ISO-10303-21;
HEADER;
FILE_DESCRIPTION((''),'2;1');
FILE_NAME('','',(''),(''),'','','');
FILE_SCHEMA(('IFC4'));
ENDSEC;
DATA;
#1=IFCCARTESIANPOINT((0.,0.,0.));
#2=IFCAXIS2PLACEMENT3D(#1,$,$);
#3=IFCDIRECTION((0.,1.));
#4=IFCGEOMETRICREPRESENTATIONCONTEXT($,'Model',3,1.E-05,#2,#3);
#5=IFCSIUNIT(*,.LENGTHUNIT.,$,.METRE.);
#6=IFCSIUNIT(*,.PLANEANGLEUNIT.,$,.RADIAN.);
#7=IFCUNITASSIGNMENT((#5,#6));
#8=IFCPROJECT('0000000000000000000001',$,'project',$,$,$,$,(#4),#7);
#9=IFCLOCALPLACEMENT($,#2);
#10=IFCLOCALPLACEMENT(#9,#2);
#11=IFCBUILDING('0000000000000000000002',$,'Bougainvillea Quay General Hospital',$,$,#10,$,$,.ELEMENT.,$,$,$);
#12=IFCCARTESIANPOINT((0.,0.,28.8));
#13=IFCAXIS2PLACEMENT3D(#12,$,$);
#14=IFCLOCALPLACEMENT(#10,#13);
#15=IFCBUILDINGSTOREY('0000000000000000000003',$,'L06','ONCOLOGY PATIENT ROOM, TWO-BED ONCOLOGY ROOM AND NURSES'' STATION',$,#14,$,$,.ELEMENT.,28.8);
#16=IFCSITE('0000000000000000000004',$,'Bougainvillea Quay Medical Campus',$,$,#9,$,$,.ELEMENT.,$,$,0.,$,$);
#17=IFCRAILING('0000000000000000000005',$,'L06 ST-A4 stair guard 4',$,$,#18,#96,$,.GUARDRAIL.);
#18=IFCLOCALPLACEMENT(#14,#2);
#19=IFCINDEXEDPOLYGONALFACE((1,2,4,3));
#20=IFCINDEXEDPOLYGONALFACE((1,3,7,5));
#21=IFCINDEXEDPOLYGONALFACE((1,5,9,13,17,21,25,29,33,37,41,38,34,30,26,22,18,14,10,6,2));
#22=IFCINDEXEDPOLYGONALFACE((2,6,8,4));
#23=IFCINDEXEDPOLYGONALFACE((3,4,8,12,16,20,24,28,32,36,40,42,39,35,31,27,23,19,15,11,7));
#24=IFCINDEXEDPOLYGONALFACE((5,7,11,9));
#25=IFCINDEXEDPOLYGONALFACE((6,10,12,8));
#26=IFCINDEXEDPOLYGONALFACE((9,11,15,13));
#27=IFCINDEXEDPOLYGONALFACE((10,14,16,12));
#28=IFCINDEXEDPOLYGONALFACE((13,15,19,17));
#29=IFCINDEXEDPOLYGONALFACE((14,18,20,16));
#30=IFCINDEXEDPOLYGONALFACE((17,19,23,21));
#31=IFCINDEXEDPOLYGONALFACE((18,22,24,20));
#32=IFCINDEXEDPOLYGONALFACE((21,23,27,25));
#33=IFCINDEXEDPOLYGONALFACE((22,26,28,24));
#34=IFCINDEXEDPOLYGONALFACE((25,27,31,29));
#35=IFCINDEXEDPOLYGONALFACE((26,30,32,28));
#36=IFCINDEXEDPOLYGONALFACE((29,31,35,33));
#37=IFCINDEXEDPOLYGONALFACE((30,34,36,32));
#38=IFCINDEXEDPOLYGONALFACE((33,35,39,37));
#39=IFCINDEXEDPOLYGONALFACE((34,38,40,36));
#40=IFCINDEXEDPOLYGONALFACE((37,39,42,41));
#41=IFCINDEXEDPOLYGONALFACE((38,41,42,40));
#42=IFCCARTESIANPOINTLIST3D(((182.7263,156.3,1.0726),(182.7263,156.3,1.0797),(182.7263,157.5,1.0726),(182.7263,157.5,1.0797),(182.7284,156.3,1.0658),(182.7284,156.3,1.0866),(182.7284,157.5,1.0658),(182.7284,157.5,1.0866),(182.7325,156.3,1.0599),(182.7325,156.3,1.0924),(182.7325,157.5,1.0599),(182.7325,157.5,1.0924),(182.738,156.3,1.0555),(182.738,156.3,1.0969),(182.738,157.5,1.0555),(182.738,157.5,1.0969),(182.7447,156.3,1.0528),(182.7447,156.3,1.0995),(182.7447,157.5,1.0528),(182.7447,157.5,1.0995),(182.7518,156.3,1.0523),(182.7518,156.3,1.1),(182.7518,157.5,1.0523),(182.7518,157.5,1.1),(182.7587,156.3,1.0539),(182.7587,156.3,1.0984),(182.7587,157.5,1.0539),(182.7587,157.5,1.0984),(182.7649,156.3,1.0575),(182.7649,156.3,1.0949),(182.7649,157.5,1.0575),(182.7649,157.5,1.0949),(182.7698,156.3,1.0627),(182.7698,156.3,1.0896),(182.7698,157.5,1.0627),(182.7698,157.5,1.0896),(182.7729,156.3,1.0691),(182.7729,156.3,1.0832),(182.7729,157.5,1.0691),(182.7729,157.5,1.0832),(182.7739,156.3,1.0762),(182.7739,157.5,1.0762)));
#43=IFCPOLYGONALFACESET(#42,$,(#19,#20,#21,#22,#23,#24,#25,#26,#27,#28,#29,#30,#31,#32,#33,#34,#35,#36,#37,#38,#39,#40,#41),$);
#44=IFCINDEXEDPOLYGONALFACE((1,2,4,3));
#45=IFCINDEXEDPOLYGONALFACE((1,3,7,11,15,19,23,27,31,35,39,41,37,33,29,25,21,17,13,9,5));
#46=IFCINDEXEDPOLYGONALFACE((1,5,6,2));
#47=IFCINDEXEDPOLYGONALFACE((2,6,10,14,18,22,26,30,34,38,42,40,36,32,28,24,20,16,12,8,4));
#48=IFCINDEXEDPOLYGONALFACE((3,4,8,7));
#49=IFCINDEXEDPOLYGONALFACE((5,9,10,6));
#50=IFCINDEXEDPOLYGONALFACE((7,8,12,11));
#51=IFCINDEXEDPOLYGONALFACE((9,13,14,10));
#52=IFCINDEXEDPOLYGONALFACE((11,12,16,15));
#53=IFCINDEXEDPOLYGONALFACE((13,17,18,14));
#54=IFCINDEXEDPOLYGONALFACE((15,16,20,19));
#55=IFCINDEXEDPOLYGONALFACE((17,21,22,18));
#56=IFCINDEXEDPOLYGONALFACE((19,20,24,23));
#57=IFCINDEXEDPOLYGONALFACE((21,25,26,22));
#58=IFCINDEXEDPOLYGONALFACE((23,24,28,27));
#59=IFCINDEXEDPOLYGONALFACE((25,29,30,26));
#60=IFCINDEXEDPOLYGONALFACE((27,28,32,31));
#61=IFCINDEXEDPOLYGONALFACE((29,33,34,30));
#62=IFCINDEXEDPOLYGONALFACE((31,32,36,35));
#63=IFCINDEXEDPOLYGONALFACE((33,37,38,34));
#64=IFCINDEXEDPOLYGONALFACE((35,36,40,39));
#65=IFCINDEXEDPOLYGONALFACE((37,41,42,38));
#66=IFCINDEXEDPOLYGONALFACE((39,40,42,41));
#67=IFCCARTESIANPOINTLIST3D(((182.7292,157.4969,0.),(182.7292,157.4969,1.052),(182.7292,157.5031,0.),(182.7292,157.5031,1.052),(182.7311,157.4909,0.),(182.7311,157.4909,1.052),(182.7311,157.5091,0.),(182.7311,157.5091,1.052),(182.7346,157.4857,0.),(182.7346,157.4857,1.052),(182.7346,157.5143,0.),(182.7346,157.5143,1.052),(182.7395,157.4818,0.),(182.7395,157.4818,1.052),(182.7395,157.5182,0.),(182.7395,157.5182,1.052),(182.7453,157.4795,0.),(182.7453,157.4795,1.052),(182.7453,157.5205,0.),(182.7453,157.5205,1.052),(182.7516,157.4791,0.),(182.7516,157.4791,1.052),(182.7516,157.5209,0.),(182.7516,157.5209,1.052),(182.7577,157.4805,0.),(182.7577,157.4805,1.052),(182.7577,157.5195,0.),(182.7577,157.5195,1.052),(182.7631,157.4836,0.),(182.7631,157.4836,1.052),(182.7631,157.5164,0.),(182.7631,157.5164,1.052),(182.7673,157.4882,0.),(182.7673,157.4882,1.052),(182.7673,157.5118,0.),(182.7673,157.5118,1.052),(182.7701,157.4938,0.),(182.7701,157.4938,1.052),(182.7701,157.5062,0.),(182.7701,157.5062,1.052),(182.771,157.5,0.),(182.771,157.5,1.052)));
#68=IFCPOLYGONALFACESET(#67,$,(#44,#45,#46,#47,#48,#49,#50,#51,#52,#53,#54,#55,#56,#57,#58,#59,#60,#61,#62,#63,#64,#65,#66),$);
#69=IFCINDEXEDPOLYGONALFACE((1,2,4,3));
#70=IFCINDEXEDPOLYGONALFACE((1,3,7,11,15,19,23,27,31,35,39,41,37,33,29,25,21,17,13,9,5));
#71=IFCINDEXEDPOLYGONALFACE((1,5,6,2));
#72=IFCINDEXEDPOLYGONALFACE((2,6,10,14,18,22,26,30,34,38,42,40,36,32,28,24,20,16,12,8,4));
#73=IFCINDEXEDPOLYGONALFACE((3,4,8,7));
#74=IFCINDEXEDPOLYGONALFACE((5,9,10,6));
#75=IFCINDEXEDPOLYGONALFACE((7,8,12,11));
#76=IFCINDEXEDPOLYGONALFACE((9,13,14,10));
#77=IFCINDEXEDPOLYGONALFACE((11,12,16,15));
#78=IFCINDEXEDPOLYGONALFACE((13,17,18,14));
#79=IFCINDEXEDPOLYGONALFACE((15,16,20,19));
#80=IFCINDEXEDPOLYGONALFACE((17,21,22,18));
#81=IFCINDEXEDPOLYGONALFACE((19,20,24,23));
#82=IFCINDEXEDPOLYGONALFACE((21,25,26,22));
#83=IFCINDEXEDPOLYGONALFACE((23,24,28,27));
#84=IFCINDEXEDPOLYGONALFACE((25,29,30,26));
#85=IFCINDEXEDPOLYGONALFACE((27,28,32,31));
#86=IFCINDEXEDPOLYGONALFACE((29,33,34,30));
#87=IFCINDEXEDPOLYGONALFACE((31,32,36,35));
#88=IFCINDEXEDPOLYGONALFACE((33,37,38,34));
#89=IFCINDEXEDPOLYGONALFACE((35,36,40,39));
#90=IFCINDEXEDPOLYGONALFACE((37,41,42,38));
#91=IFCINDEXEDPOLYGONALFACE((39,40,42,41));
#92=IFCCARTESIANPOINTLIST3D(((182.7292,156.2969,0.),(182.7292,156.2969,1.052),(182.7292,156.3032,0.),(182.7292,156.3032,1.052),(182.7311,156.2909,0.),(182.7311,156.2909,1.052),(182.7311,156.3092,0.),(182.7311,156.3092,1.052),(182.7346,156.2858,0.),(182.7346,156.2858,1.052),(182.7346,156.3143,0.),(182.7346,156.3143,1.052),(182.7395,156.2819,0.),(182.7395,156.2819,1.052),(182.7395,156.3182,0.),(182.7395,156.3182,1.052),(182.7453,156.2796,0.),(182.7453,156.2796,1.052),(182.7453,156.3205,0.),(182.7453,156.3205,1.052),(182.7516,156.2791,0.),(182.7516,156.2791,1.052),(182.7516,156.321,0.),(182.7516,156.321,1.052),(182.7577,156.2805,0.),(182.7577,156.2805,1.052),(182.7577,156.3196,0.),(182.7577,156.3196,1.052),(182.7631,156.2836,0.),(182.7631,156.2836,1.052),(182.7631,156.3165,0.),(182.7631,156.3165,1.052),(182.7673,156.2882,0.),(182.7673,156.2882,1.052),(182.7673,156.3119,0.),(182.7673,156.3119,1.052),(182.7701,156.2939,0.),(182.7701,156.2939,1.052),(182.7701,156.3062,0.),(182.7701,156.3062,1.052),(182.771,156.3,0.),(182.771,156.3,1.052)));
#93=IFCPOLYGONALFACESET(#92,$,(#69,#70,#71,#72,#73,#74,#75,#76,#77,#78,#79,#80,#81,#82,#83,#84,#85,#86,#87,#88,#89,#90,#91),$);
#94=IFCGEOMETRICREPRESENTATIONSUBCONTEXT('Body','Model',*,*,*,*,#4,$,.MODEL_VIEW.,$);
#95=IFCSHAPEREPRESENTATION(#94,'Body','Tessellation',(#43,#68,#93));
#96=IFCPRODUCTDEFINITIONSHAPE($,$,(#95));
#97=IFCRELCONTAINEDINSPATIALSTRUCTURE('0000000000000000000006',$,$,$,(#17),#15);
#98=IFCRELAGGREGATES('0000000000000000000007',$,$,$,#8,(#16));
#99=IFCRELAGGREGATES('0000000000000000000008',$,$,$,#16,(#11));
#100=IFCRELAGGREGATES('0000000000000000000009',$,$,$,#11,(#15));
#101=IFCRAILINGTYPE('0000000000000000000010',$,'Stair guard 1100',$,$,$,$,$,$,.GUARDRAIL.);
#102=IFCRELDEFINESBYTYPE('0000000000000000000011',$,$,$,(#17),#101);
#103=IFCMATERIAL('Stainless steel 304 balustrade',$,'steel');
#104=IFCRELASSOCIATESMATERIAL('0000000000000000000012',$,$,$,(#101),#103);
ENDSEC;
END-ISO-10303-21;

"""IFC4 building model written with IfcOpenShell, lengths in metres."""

from ifc_helpers import new_model, si_unit, direction, frame, origin, origin_2d, place, context, subcontext, project, spatial, circle, extrude, material, type_object, element, save


model = new_model("IFC4")

# Units and contexts
model_context = context("Model", 3, precision=1e-05, world=origin(), true_north=direction((0.0, 1.0)))
body_context = subcontext(model_context, "Body", "Model", "MODEL_VIEW")
ifc_project = project(units=[si_unit("LENGTHUNIT", "METRE"), si_unit("PLANEANGLEUNIT", "RADIAN")], contexts=[model_context])

# Site, building, storey
site_placement = place(None, origin())
site = spatial("IfcSite", under=ifc_project, at=site_placement, Name="Bougainvillea Quay Medical Campus", CompositionType="ELEMENT", RefElevation=0.0)
building_placement = place(site_placement, origin())
building = spatial("IfcBuilding", under=site, at=building_placement, Name="Bougainvillea Quay General Hospital", CompositionType="ELEMENT")
storey_placement = place(building_placement, frame((0.0, 0.0, 28.8)))
storey = spatial("IfcBuildingStorey", under=building, at=storey_placement, Name="L06", Description="ONCOLOGY PATIENT ROOM, TWO-BED ONCOLOGY ROOM AND NURSES' STATION", CompositionType="ELEMENT", Elevation=28.8)

# Railing
ifc_material_1 = material(Name="Stainless steel 304 balustrade", Category="steel")
railing_type_1 = type_object("IfcRailingType", Name="Stair guard 1100", PredefinedType="GUARDRAIL", material=ifc_material_1)
railing_1_placement = place(storey_placement, frame((182.75, 157.5, 0.0)))
element("IfcRailing", 1, at=railing_1_placement, inside=storey, type_object=railing_type_1, Name="L06 ST-A4 stair guard 4", PredefinedType="GUARDRAIL", context=body_context, shape_type="SweptSolid", body=[
    extrude(circle(Radius=0.0239, at=origin_2d()), frame((0.0, 0.0, 1.0762), z_axis=(0.0, -1.0, 0.0), x_axis=(1.0, 0.0, 0.0)), (0.0, 0.0, 1.0), 1.2),
    extrude(circle(Radius=0.021, at=origin_2d()), origin(), (0.0, 0.0, 1.0), 1.052),
    extrude(circle(Radius=0.021, at=origin_2d()), frame((0.0, -1.2, 0.0)), (0.0, 0.0, 1.0), 1.052),
])

save(model, "model.ifc")
